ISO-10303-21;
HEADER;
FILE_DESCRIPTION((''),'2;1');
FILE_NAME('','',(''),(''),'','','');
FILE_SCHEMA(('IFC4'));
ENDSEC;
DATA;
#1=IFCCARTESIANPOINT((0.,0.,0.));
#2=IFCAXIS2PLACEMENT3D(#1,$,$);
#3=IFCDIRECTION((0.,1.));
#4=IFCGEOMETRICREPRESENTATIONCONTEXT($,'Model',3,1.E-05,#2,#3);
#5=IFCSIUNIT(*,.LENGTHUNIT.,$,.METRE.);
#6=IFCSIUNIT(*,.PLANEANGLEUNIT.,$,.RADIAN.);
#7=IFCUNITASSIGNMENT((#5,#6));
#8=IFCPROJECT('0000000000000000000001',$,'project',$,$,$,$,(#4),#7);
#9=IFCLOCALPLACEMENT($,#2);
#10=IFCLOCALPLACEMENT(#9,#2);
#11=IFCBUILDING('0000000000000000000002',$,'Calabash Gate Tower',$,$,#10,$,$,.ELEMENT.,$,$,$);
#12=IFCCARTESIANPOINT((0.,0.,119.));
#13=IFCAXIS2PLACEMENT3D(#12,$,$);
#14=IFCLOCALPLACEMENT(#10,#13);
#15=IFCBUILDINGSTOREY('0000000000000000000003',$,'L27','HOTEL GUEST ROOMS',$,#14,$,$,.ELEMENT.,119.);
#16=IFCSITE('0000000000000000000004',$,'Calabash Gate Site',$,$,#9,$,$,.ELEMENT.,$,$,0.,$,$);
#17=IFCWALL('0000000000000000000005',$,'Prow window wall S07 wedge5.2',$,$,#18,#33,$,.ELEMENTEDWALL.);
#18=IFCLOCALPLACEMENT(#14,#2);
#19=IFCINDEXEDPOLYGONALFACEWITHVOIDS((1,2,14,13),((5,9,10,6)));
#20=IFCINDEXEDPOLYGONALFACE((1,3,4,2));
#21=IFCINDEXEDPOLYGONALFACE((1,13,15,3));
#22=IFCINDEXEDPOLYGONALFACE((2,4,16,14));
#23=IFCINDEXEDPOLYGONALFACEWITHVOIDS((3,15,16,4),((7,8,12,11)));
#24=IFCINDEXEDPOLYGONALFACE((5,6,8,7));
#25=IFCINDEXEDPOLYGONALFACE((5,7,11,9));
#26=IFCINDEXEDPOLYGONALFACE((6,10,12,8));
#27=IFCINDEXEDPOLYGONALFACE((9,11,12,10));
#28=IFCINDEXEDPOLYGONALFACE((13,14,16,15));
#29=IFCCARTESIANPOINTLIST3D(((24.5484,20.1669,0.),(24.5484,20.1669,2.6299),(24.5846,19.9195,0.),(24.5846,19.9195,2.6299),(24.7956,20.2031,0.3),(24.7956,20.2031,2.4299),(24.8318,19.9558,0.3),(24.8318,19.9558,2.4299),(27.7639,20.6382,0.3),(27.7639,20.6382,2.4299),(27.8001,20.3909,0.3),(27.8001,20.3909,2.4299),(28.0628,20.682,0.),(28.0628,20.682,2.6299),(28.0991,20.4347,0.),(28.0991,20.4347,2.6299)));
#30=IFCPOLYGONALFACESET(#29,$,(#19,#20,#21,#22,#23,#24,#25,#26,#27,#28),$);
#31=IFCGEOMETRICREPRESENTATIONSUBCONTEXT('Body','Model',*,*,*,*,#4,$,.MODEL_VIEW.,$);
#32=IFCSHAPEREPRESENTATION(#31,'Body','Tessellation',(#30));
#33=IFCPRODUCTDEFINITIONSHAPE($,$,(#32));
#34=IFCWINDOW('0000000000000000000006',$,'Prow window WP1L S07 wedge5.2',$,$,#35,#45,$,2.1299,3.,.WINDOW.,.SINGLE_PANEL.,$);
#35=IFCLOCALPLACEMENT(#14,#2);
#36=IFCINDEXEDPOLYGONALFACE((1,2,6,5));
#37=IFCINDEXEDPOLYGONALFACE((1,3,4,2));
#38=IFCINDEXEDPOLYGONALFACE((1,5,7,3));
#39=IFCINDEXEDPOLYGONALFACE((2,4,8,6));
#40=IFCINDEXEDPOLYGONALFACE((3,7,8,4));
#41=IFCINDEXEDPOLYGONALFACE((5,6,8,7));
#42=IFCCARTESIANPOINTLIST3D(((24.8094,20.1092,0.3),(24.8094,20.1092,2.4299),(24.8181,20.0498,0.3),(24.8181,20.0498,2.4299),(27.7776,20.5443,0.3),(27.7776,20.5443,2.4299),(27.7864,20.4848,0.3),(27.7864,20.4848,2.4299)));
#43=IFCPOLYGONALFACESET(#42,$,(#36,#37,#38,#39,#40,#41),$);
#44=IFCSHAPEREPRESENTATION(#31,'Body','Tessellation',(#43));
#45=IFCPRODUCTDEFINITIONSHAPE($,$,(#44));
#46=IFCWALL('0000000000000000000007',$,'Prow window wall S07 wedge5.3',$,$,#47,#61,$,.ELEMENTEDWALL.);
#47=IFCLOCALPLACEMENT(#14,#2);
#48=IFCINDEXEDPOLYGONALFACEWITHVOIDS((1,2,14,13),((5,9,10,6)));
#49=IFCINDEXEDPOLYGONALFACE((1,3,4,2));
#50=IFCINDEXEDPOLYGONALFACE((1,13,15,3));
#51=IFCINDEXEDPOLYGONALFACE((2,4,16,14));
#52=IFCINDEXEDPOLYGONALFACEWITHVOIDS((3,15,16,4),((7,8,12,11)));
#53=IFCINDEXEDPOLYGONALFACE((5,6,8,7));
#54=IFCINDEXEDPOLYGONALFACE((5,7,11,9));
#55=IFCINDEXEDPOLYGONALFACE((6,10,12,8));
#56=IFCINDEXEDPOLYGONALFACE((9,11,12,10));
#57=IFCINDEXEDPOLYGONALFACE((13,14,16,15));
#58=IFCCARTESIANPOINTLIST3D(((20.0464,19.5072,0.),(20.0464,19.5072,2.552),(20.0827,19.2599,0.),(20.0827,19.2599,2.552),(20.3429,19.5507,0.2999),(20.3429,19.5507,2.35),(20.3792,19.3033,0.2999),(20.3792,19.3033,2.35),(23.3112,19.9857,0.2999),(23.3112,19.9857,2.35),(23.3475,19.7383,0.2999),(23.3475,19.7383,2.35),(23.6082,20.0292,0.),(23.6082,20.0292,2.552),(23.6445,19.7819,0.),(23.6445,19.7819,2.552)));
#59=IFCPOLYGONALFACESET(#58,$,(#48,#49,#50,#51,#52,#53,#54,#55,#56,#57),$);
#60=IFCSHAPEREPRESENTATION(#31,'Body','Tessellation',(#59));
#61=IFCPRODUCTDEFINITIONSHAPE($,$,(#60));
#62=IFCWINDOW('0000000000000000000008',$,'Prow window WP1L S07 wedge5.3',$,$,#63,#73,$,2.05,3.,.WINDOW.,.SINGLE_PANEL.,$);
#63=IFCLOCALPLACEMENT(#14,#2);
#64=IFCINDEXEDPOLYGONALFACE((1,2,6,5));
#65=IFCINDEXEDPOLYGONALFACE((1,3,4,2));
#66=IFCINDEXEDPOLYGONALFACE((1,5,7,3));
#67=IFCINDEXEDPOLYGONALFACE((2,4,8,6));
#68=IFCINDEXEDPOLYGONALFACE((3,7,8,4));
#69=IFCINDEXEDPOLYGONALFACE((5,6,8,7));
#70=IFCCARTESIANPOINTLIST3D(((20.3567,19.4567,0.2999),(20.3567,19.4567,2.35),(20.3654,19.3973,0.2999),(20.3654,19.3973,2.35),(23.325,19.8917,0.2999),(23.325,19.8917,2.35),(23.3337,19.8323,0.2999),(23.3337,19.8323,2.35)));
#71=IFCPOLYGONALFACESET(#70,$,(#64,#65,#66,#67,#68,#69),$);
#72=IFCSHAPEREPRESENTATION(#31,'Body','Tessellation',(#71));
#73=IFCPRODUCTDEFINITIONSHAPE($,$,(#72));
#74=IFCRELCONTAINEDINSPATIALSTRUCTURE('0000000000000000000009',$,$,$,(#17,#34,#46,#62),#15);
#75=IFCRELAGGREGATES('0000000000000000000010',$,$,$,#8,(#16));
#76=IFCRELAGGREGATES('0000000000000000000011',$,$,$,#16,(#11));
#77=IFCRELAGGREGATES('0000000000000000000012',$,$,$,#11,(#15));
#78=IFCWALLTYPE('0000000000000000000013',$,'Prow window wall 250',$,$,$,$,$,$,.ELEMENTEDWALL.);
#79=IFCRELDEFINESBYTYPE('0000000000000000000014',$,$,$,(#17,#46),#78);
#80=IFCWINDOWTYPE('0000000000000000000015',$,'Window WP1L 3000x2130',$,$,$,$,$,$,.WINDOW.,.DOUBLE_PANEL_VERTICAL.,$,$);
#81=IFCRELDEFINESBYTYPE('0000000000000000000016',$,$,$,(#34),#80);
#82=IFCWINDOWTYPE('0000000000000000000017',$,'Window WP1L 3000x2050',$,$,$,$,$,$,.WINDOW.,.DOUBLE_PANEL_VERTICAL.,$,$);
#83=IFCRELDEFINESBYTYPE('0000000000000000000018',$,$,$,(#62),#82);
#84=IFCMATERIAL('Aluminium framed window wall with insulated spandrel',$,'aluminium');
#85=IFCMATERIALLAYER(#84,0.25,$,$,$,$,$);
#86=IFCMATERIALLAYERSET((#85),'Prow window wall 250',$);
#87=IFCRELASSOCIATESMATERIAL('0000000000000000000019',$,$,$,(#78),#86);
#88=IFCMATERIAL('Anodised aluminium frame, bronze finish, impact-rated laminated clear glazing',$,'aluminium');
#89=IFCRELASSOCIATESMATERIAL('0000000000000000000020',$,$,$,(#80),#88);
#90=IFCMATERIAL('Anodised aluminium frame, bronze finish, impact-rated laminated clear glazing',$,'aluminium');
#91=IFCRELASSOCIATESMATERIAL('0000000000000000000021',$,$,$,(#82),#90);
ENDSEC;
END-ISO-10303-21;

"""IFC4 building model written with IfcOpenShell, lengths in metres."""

from ifc_helpers import new_model, si_unit, direction, frame, frame_2d, origin, place, context, subcontext, project, spatial, rectangle, extrude, material, layer, layer_set, type_object, element, fill, save


model = new_model("IFC4")

# Units and contexts
model_context = context("Model", 3, precision=1e-05, world=origin(), true_north=direction((0.0, 1.0)))
body_context = subcontext(model_context, "Body", "Model", "MODEL_VIEW")
ifc_project = project(units=[si_unit("LENGTHUNIT", "METRE"), si_unit("PLANEANGLEUNIT", "RADIAN")], contexts=[model_context])

# Site, building, storey
site_placement = place(None, origin())
site = spatial("IfcSite", under=ifc_project, at=site_placement, Name="Calabash Gate Site", CompositionType="ELEMENT", RefElevation=0.0)
building_placement = place(site_placement, origin())
building = spatial("IfcBuilding", under=site, at=building_placement, Name="Calabash Gate Tower", CompositionType="ELEMENT")
storey_placement = place(building_placement, frame((0.0, 0.0, 119.0)))
storey = spatial("IfcBuildingStorey", under=building, at=storey_placement, Name="L27", Description="HOTEL GUEST ROOMS", CompositionType="ELEMENT", Elevation=119.0)

# Walls, openings, windows
ifc_material_1 = material(Name="Aluminium framed window wall with insulated spandrel", Category="aluminium")
ifc_layer_1 = layer(ifc_material_1, 0.25)
ifc_layer_set_1 = layer_set([ifc_layer_1], Name="Prow window wall 250")
wall_type_1 = type_object("IfcWallType", Name="Prow window wall 250", PredefinedType="ELEMENTEDWALL", material=ifc_layer_set_1)
ifc_material_2 = material(Name="Anodised aluminium frame, bronze finish, impact-rated laminated clear glazing", Category="aluminium")
window_type_1 = type_object("IfcWindowType", Name="Window WP1L 3000x2130", PartitioningType="DOUBLE_PANEL_VERTICAL", PredefinedType="WINDOW", material=ifc_material_2)
wall_1_placement = place(storey_placement, frame((28.0808, 20.5583, 0.0), z_axis=(0.0, 0.0, 1.0), x_axis=(-0.989427, -0.145029, 0.0)))
wall_1 = element("IfcWall", 1, at=wall_1_placement, inside=storey, type_object=wall_type_1, Name="Prow window wall S07 wedge5.2", PredefinedType="ELEMENTEDWALL", context=body_context, shape_type="SweptSolid", body=[
    extrude(rectangle(XDim=3.552, YDim=0.25, at=frame_2d((1.7759, 0.0))), origin(), (0.0, 0.0, 1.0), 2.6299),
])
opening_1_placement = place(wall_1_placement, frame((0.302, 0.0, 0.3)))
opening_1 = element("IfcOpeningElement", 2, at=opening_1_placement, cuts=wall_1, PredefinedType="OPENING", context=body_context, shape_type="SweptSolid", body=[
    extrude(rectangle(XDim=3.0, YDim=2.1299, at=frame_2d((1.5, 1.0649))), frame((0.0, 0.135, 0.0), z_axis=(0.0, -1.0, 0.0), x_axis=(1.0, 0.0, 0.0)), (0.0, 0.0, 1.0), 0.27),
])
window_1_placement = place(opening_1_placement, origin())
window_1 = element("IfcWindow", 3, at=window_1_placement, inside=storey, type_object=window_type_1, Name="Prow window WP1L S07 wedge5.2", OverallHeight=2.1299, OverallWidth=3.0, PartitioningType="SINGLE_PANEL", PredefinedType="WINDOW", context=body_context, shape_type="SweptSolid", body=[
    extrude(rectangle(XDim=3.0, YDim=2.1299, at=frame_2d((1.5, 1.0649))), frame((0.0, 0.03, 0.0), z_axis=(0.0, -1.0, 0.0), x_axis=(1.0, 0.0, 0.0)), (0.0, 0.0, 1.0), 0.0601),
])
fill(opening_1, window_1)
wall_2_placement = place(storey_placement, frame((23.6262, 19.9055, 0.0), z_axis=(0.0, 0.0, 1.0), x_axis=(-0.989432, -0.145, 0.0)))
wall_2 = element("IfcWall", 4, at=wall_2_placement, inside=storey, type_object=wall_type_1, Name="Prow window wall S07 wedge5.3", PredefinedType="ELEMENTEDWALL", context=body_context, shape_type="SweptSolid", body=[
    extrude(rectangle(XDim=3.5999, YDim=0.25, at=frame_2d((1.7998, 0.0))), origin(), (0.0, 0.0, 1.0), 2.552),
])
opening_2_placement = place(wall_2_placement, frame((0.3, 0.0, 0.3)))
opening_2 = element("IfcOpeningElement", 5, at=opening_2_placement, cuts=wall_2, PredefinedType="OPENING", context=body_context, shape_type="SweptSolid", body=[
    extrude(rectangle(XDim=3.0, YDim=2.05, at=frame_2d((1.5, 1.0249))), frame((0.0, 0.135, 0.0), z_axis=(0.0, -1.0, 0.0), x_axis=(1.0, 0.0, 0.0)), (0.0, 0.0, 1.0), 0.27),
])
ifc_material_3 = material(Name="Anodised aluminium frame, bronze finish, impact-rated laminated clear glazing", Category="aluminium")
window_type_2 = type_object("IfcWindowType", Name="Window WP1L 3000x2050", PartitioningType="DOUBLE_PANEL_VERTICAL", PredefinedType="WINDOW", material=ifc_material_3)
window_2_placement = place(opening_2_placement, origin())
window_2 = element("IfcWindow", 6, at=window_2_placement, inside=storey, type_object=window_type_2, Name="Prow window WP1L S07 wedge5.3", OverallHeight=2.05, OverallWidth=3.0, PartitioningType="SINGLE_PANEL", PredefinedType="WINDOW", context=body_context, shape_type="SweptSolid", body=[
    extrude(rectangle(XDim=3.0, YDim=2.05, at=frame_2d((1.5, 1.0249))), frame((0.0, 0.03, 0.0), z_axis=(0.0, -1.0, 0.0), x_axis=(1.0, 0.0, 0.0)), (0.0, 0.0, 1.0), 0.0601),
])
fill(opening_2, window_2)

save(model, "model.ifc")
